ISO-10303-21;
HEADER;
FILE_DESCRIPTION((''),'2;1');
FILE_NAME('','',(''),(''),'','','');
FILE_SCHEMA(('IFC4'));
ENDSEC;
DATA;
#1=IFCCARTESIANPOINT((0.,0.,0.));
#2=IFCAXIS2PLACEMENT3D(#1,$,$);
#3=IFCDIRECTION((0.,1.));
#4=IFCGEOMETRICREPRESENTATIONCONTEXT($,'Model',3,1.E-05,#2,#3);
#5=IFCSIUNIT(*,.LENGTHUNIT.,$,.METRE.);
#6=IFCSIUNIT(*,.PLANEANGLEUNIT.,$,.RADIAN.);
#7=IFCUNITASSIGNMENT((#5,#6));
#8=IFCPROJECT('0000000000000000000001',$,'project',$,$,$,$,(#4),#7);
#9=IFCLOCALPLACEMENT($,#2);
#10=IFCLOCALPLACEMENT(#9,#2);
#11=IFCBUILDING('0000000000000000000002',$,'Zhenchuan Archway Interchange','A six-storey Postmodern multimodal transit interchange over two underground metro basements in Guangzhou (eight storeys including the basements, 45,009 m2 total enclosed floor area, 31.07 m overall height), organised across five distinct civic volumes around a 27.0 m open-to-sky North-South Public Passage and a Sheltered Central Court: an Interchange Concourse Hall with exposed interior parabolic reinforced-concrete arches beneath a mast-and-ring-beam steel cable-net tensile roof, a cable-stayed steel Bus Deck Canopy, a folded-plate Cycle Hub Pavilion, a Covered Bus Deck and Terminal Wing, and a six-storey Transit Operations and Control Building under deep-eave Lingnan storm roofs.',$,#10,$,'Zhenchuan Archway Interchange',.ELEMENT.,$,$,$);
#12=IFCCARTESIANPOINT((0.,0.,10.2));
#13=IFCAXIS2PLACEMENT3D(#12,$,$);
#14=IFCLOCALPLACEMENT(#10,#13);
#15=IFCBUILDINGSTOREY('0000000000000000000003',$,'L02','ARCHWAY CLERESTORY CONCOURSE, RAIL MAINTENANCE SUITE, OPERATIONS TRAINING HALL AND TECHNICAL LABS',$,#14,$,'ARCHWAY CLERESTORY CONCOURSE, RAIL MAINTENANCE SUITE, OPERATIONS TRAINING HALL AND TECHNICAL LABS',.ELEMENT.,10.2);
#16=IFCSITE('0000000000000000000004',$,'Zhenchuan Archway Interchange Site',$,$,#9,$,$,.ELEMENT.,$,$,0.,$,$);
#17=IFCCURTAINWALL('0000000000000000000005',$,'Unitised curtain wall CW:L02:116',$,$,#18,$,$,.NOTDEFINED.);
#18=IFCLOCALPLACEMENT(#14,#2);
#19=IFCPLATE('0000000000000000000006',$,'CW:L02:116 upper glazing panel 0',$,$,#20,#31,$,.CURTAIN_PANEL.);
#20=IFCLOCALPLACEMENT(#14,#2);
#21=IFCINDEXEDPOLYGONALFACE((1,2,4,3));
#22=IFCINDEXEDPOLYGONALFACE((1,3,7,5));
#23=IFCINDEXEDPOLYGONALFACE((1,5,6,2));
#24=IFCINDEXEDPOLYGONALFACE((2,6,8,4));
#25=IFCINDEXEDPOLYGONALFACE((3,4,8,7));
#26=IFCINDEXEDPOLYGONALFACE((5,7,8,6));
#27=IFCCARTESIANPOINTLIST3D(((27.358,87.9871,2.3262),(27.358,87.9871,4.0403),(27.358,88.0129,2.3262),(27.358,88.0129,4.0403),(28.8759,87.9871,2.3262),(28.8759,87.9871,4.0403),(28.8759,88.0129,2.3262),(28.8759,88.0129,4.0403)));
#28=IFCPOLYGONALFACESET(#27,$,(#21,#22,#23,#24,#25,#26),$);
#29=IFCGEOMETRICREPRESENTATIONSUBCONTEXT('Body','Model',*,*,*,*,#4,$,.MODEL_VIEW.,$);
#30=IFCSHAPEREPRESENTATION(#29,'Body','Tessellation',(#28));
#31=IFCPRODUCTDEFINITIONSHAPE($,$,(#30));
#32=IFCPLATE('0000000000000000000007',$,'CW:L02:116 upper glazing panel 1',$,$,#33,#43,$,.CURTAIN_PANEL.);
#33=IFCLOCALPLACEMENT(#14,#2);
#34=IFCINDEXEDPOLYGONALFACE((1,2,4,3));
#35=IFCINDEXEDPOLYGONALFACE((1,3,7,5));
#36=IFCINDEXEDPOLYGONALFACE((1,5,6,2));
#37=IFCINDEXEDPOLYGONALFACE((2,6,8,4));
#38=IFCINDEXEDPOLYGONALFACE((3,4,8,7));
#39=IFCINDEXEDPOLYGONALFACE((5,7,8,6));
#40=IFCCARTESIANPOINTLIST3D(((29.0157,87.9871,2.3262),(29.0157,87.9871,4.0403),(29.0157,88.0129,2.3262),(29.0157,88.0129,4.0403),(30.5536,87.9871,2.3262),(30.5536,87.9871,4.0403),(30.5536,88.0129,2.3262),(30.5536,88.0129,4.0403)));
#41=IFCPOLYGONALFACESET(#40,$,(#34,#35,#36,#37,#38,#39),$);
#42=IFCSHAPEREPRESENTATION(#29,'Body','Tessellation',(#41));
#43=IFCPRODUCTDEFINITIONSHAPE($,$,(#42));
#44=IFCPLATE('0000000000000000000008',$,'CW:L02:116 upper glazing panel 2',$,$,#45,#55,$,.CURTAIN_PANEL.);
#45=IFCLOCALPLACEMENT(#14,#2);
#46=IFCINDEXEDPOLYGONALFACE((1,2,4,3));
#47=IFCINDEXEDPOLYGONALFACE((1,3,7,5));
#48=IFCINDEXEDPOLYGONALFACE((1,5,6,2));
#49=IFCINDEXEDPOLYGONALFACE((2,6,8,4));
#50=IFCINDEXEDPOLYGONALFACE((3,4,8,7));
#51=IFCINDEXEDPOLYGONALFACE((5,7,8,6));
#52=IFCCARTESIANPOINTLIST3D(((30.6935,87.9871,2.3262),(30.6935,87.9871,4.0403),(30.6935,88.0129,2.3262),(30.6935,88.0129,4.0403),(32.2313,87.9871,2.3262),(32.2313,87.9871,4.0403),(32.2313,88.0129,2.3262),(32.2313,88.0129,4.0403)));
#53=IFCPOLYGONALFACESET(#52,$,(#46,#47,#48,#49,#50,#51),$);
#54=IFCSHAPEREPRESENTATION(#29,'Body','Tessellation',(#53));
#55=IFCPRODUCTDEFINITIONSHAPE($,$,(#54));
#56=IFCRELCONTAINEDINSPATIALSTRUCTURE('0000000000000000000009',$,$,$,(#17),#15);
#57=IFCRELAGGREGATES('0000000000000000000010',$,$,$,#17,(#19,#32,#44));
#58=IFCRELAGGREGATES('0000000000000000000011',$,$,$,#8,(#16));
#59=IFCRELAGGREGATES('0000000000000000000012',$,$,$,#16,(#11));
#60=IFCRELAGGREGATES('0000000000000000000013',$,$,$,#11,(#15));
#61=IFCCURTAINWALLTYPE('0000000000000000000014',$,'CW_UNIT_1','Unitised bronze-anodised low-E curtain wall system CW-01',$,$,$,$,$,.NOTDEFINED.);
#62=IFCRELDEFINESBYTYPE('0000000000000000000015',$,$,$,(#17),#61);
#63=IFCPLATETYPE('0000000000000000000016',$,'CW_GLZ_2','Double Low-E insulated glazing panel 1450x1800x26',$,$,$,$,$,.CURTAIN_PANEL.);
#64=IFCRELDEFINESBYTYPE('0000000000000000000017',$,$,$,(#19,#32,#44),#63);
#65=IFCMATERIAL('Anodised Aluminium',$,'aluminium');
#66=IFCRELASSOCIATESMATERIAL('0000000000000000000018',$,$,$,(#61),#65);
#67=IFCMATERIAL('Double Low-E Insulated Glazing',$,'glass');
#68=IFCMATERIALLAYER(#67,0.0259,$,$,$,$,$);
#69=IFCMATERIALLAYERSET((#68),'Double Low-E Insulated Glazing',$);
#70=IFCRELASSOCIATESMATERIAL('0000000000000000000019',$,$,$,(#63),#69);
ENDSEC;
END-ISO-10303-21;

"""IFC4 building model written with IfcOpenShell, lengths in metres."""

from ifc_helpers import new_model, si_unit, direction, frame, origin, origin_2d, place, context, subcontext, project, spatial, rectangle, extrude, material, layer, layer_set, type_object, element, aggregate, save


model = new_model("IFC4")

# Units and contexts
model_context = context("Model", 3, precision=1e-05, world=origin(), true_north=direction((0.0, 1.0)))
body_context = subcontext(model_context, "Body", "Model", "MODEL_VIEW")
ifc_project = project(units=[si_unit("LENGTHUNIT", "METRE"), si_unit("PLANEANGLEUNIT", "RADIAN")], contexts=[model_context])

# Site, building, storey
site_placement = place(None, origin())
site = spatial("IfcSite", under=ifc_project, at=site_placement, Name="Zhenchuan Archway Interchange Site", CompositionType="ELEMENT", RefElevation=0.0)
building_placement = place(site_placement, origin())
building = spatial("IfcBuilding", under=site, at=building_placement, Name="Zhenchuan Archway Interchange", Description="A six-storey Postmodern multimodal transit interchange over two underground metro basements in Guangzhou (eight storeys including the basements, 45,009 m2 total enclosed floor area, 31.07 m overall height), organised across five distinct civic volumes around a 27.0 m open-to-sky North-South Public Passage and a Sheltered Central Court: an Interchange Concourse Hall with exposed interior parabolic reinforced-concrete arches beneath a mast-and-ring-beam steel cable-net tensile roof, a cable-stayed steel Bus Deck Canopy, a folded-plate Cycle Hub Pavilion, a Covered Bus Deck and Terminal Wing, and a six-storey Transit Operations and Control Building under deep-eave Lingnan storm roofs.", LongName="Zhenchuan Archway Interchange", CompositionType="ELEMENT")
storey_placement = place(building_placement, frame((0.0, 0.0, 10.2)))
storey = spatial("IfcBuildingStorey", under=building, at=storey_placement, Name="L02", Description="ARCHWAY CLERESTORY CONCOURSE, RAIL MAINTENANCE SUITE, OPERATIONS TRAINING HALL AND TECHNICAL LABS", LongName="ARCHWAY CLERESTORY CONCOURSE, RAIL MAINTENANCE SUITE, OPERATIONS TRAINING HALL AND TECHNICAL LABS", CompositionType="ELEMENT", Elevation=10.2)

# Curtain wall
ifc_material_1 = material(Name="Anodised Aluminium", Category="aluminium")
curtain_wall_type = type_object("IfcCurtainWallType", Name="CW_UNIT_1", Description="Unitised bronze-anodised low-E curtain wall system CW-01", PredefinedType="NOTDEFINED", material=ifc_material_1)
curtain_wall_placement = place(storey_placement, origin())
curtain_wall = element("IfcCurtainWall", 1, at=curtain_wall_placement, inside=storey, type_object=curtain_wall_type, Name="Unitised curtain wall CW:L02:116", PredefinedType="NOTDEFINED")

# Plates
ifc_material_2 = material(Name="Double Low-E Insulated Glazing", Category="glass")
ifc_layer_1 = layer(ifc_material_2, 0.0259)
ifc_layer_set_1 = layer_set([ifc_layer_1], Name="Double Low-E Insulated Glazing")
plate_type_1 = type_object("IfcPlateType", Name="CW_GLZ_2", Description="Double Low-E insulated glazing panel 1450x1800x26", PredefinedType="CURTAIN_PANEL", material=ifc_layer_set_1)
plate_1_placement = place(storey_placement, frame((28.1169, 88.0, 2.3262), z_axis=(0.0, 0.0, 1.0), x_axis=(1.0, 0.0, 0.0)))
plate_1 = element("IfcPlate", 2, at=plate_1_placement, type_object=plate_type_1, Name="CW:L02:116 upper glazing panel 0", PredefinedType="CURTAIN_PANEL", context=body_context, shape_type="SweptSolid", body=[
    extrude(rectangle(XDim=1.5178, YDim=0.0259, at=origin_2d()), origin(), (0.0, 0.0, 1.0), 1.7141),
])
plate_2_placement = place(storey_placement, frame((29.7847, 88.0, 2.3262), z_axis=(0.0, 0.0, 1.0), x_axis=(1.0, 0.0, 0.0)))
plate_2 = element("IfcPlate", 3, at=plate_2_placement, type_object=plate_type_1, Name="CW:L02:116 upper glazing panel 1", PredefinedType="CURTAIN_PANEL", context=body_context, shape_type="SweptSolid", body=[
    extrude(rectangle(XDim=1.5378, YDim=0.0259, at=origin_2d()), origin(), (0.0, 0.0, 1.0), 1.7141),
])
plate_3_placement = place(storey_placement, frame((31.4624, 88.0, 2.3262), z_axis=(0.0, 0.0, 1.0), x_axis=(1.0, 0.0, 0.0)))
plate_3 = element("IfcPlate", 4, at=plate_3_placement, type_object=plate_type_1, Name="CW:L02:116 upper glazing panel 2", PredefinedType="CURTAIN_PANEL", context=body_context, shape_type="SweptSolid", body=[
    extrude(rectangle(XDim=1.5378, YDim=0.0259, at=origin_2d()), origin(), (0.0, 0.0, 1.0), 1.7141),
])
aggregate(curtain_wall, [plate_1, plate_2, plate_3])

save(model, "model.ifc")
